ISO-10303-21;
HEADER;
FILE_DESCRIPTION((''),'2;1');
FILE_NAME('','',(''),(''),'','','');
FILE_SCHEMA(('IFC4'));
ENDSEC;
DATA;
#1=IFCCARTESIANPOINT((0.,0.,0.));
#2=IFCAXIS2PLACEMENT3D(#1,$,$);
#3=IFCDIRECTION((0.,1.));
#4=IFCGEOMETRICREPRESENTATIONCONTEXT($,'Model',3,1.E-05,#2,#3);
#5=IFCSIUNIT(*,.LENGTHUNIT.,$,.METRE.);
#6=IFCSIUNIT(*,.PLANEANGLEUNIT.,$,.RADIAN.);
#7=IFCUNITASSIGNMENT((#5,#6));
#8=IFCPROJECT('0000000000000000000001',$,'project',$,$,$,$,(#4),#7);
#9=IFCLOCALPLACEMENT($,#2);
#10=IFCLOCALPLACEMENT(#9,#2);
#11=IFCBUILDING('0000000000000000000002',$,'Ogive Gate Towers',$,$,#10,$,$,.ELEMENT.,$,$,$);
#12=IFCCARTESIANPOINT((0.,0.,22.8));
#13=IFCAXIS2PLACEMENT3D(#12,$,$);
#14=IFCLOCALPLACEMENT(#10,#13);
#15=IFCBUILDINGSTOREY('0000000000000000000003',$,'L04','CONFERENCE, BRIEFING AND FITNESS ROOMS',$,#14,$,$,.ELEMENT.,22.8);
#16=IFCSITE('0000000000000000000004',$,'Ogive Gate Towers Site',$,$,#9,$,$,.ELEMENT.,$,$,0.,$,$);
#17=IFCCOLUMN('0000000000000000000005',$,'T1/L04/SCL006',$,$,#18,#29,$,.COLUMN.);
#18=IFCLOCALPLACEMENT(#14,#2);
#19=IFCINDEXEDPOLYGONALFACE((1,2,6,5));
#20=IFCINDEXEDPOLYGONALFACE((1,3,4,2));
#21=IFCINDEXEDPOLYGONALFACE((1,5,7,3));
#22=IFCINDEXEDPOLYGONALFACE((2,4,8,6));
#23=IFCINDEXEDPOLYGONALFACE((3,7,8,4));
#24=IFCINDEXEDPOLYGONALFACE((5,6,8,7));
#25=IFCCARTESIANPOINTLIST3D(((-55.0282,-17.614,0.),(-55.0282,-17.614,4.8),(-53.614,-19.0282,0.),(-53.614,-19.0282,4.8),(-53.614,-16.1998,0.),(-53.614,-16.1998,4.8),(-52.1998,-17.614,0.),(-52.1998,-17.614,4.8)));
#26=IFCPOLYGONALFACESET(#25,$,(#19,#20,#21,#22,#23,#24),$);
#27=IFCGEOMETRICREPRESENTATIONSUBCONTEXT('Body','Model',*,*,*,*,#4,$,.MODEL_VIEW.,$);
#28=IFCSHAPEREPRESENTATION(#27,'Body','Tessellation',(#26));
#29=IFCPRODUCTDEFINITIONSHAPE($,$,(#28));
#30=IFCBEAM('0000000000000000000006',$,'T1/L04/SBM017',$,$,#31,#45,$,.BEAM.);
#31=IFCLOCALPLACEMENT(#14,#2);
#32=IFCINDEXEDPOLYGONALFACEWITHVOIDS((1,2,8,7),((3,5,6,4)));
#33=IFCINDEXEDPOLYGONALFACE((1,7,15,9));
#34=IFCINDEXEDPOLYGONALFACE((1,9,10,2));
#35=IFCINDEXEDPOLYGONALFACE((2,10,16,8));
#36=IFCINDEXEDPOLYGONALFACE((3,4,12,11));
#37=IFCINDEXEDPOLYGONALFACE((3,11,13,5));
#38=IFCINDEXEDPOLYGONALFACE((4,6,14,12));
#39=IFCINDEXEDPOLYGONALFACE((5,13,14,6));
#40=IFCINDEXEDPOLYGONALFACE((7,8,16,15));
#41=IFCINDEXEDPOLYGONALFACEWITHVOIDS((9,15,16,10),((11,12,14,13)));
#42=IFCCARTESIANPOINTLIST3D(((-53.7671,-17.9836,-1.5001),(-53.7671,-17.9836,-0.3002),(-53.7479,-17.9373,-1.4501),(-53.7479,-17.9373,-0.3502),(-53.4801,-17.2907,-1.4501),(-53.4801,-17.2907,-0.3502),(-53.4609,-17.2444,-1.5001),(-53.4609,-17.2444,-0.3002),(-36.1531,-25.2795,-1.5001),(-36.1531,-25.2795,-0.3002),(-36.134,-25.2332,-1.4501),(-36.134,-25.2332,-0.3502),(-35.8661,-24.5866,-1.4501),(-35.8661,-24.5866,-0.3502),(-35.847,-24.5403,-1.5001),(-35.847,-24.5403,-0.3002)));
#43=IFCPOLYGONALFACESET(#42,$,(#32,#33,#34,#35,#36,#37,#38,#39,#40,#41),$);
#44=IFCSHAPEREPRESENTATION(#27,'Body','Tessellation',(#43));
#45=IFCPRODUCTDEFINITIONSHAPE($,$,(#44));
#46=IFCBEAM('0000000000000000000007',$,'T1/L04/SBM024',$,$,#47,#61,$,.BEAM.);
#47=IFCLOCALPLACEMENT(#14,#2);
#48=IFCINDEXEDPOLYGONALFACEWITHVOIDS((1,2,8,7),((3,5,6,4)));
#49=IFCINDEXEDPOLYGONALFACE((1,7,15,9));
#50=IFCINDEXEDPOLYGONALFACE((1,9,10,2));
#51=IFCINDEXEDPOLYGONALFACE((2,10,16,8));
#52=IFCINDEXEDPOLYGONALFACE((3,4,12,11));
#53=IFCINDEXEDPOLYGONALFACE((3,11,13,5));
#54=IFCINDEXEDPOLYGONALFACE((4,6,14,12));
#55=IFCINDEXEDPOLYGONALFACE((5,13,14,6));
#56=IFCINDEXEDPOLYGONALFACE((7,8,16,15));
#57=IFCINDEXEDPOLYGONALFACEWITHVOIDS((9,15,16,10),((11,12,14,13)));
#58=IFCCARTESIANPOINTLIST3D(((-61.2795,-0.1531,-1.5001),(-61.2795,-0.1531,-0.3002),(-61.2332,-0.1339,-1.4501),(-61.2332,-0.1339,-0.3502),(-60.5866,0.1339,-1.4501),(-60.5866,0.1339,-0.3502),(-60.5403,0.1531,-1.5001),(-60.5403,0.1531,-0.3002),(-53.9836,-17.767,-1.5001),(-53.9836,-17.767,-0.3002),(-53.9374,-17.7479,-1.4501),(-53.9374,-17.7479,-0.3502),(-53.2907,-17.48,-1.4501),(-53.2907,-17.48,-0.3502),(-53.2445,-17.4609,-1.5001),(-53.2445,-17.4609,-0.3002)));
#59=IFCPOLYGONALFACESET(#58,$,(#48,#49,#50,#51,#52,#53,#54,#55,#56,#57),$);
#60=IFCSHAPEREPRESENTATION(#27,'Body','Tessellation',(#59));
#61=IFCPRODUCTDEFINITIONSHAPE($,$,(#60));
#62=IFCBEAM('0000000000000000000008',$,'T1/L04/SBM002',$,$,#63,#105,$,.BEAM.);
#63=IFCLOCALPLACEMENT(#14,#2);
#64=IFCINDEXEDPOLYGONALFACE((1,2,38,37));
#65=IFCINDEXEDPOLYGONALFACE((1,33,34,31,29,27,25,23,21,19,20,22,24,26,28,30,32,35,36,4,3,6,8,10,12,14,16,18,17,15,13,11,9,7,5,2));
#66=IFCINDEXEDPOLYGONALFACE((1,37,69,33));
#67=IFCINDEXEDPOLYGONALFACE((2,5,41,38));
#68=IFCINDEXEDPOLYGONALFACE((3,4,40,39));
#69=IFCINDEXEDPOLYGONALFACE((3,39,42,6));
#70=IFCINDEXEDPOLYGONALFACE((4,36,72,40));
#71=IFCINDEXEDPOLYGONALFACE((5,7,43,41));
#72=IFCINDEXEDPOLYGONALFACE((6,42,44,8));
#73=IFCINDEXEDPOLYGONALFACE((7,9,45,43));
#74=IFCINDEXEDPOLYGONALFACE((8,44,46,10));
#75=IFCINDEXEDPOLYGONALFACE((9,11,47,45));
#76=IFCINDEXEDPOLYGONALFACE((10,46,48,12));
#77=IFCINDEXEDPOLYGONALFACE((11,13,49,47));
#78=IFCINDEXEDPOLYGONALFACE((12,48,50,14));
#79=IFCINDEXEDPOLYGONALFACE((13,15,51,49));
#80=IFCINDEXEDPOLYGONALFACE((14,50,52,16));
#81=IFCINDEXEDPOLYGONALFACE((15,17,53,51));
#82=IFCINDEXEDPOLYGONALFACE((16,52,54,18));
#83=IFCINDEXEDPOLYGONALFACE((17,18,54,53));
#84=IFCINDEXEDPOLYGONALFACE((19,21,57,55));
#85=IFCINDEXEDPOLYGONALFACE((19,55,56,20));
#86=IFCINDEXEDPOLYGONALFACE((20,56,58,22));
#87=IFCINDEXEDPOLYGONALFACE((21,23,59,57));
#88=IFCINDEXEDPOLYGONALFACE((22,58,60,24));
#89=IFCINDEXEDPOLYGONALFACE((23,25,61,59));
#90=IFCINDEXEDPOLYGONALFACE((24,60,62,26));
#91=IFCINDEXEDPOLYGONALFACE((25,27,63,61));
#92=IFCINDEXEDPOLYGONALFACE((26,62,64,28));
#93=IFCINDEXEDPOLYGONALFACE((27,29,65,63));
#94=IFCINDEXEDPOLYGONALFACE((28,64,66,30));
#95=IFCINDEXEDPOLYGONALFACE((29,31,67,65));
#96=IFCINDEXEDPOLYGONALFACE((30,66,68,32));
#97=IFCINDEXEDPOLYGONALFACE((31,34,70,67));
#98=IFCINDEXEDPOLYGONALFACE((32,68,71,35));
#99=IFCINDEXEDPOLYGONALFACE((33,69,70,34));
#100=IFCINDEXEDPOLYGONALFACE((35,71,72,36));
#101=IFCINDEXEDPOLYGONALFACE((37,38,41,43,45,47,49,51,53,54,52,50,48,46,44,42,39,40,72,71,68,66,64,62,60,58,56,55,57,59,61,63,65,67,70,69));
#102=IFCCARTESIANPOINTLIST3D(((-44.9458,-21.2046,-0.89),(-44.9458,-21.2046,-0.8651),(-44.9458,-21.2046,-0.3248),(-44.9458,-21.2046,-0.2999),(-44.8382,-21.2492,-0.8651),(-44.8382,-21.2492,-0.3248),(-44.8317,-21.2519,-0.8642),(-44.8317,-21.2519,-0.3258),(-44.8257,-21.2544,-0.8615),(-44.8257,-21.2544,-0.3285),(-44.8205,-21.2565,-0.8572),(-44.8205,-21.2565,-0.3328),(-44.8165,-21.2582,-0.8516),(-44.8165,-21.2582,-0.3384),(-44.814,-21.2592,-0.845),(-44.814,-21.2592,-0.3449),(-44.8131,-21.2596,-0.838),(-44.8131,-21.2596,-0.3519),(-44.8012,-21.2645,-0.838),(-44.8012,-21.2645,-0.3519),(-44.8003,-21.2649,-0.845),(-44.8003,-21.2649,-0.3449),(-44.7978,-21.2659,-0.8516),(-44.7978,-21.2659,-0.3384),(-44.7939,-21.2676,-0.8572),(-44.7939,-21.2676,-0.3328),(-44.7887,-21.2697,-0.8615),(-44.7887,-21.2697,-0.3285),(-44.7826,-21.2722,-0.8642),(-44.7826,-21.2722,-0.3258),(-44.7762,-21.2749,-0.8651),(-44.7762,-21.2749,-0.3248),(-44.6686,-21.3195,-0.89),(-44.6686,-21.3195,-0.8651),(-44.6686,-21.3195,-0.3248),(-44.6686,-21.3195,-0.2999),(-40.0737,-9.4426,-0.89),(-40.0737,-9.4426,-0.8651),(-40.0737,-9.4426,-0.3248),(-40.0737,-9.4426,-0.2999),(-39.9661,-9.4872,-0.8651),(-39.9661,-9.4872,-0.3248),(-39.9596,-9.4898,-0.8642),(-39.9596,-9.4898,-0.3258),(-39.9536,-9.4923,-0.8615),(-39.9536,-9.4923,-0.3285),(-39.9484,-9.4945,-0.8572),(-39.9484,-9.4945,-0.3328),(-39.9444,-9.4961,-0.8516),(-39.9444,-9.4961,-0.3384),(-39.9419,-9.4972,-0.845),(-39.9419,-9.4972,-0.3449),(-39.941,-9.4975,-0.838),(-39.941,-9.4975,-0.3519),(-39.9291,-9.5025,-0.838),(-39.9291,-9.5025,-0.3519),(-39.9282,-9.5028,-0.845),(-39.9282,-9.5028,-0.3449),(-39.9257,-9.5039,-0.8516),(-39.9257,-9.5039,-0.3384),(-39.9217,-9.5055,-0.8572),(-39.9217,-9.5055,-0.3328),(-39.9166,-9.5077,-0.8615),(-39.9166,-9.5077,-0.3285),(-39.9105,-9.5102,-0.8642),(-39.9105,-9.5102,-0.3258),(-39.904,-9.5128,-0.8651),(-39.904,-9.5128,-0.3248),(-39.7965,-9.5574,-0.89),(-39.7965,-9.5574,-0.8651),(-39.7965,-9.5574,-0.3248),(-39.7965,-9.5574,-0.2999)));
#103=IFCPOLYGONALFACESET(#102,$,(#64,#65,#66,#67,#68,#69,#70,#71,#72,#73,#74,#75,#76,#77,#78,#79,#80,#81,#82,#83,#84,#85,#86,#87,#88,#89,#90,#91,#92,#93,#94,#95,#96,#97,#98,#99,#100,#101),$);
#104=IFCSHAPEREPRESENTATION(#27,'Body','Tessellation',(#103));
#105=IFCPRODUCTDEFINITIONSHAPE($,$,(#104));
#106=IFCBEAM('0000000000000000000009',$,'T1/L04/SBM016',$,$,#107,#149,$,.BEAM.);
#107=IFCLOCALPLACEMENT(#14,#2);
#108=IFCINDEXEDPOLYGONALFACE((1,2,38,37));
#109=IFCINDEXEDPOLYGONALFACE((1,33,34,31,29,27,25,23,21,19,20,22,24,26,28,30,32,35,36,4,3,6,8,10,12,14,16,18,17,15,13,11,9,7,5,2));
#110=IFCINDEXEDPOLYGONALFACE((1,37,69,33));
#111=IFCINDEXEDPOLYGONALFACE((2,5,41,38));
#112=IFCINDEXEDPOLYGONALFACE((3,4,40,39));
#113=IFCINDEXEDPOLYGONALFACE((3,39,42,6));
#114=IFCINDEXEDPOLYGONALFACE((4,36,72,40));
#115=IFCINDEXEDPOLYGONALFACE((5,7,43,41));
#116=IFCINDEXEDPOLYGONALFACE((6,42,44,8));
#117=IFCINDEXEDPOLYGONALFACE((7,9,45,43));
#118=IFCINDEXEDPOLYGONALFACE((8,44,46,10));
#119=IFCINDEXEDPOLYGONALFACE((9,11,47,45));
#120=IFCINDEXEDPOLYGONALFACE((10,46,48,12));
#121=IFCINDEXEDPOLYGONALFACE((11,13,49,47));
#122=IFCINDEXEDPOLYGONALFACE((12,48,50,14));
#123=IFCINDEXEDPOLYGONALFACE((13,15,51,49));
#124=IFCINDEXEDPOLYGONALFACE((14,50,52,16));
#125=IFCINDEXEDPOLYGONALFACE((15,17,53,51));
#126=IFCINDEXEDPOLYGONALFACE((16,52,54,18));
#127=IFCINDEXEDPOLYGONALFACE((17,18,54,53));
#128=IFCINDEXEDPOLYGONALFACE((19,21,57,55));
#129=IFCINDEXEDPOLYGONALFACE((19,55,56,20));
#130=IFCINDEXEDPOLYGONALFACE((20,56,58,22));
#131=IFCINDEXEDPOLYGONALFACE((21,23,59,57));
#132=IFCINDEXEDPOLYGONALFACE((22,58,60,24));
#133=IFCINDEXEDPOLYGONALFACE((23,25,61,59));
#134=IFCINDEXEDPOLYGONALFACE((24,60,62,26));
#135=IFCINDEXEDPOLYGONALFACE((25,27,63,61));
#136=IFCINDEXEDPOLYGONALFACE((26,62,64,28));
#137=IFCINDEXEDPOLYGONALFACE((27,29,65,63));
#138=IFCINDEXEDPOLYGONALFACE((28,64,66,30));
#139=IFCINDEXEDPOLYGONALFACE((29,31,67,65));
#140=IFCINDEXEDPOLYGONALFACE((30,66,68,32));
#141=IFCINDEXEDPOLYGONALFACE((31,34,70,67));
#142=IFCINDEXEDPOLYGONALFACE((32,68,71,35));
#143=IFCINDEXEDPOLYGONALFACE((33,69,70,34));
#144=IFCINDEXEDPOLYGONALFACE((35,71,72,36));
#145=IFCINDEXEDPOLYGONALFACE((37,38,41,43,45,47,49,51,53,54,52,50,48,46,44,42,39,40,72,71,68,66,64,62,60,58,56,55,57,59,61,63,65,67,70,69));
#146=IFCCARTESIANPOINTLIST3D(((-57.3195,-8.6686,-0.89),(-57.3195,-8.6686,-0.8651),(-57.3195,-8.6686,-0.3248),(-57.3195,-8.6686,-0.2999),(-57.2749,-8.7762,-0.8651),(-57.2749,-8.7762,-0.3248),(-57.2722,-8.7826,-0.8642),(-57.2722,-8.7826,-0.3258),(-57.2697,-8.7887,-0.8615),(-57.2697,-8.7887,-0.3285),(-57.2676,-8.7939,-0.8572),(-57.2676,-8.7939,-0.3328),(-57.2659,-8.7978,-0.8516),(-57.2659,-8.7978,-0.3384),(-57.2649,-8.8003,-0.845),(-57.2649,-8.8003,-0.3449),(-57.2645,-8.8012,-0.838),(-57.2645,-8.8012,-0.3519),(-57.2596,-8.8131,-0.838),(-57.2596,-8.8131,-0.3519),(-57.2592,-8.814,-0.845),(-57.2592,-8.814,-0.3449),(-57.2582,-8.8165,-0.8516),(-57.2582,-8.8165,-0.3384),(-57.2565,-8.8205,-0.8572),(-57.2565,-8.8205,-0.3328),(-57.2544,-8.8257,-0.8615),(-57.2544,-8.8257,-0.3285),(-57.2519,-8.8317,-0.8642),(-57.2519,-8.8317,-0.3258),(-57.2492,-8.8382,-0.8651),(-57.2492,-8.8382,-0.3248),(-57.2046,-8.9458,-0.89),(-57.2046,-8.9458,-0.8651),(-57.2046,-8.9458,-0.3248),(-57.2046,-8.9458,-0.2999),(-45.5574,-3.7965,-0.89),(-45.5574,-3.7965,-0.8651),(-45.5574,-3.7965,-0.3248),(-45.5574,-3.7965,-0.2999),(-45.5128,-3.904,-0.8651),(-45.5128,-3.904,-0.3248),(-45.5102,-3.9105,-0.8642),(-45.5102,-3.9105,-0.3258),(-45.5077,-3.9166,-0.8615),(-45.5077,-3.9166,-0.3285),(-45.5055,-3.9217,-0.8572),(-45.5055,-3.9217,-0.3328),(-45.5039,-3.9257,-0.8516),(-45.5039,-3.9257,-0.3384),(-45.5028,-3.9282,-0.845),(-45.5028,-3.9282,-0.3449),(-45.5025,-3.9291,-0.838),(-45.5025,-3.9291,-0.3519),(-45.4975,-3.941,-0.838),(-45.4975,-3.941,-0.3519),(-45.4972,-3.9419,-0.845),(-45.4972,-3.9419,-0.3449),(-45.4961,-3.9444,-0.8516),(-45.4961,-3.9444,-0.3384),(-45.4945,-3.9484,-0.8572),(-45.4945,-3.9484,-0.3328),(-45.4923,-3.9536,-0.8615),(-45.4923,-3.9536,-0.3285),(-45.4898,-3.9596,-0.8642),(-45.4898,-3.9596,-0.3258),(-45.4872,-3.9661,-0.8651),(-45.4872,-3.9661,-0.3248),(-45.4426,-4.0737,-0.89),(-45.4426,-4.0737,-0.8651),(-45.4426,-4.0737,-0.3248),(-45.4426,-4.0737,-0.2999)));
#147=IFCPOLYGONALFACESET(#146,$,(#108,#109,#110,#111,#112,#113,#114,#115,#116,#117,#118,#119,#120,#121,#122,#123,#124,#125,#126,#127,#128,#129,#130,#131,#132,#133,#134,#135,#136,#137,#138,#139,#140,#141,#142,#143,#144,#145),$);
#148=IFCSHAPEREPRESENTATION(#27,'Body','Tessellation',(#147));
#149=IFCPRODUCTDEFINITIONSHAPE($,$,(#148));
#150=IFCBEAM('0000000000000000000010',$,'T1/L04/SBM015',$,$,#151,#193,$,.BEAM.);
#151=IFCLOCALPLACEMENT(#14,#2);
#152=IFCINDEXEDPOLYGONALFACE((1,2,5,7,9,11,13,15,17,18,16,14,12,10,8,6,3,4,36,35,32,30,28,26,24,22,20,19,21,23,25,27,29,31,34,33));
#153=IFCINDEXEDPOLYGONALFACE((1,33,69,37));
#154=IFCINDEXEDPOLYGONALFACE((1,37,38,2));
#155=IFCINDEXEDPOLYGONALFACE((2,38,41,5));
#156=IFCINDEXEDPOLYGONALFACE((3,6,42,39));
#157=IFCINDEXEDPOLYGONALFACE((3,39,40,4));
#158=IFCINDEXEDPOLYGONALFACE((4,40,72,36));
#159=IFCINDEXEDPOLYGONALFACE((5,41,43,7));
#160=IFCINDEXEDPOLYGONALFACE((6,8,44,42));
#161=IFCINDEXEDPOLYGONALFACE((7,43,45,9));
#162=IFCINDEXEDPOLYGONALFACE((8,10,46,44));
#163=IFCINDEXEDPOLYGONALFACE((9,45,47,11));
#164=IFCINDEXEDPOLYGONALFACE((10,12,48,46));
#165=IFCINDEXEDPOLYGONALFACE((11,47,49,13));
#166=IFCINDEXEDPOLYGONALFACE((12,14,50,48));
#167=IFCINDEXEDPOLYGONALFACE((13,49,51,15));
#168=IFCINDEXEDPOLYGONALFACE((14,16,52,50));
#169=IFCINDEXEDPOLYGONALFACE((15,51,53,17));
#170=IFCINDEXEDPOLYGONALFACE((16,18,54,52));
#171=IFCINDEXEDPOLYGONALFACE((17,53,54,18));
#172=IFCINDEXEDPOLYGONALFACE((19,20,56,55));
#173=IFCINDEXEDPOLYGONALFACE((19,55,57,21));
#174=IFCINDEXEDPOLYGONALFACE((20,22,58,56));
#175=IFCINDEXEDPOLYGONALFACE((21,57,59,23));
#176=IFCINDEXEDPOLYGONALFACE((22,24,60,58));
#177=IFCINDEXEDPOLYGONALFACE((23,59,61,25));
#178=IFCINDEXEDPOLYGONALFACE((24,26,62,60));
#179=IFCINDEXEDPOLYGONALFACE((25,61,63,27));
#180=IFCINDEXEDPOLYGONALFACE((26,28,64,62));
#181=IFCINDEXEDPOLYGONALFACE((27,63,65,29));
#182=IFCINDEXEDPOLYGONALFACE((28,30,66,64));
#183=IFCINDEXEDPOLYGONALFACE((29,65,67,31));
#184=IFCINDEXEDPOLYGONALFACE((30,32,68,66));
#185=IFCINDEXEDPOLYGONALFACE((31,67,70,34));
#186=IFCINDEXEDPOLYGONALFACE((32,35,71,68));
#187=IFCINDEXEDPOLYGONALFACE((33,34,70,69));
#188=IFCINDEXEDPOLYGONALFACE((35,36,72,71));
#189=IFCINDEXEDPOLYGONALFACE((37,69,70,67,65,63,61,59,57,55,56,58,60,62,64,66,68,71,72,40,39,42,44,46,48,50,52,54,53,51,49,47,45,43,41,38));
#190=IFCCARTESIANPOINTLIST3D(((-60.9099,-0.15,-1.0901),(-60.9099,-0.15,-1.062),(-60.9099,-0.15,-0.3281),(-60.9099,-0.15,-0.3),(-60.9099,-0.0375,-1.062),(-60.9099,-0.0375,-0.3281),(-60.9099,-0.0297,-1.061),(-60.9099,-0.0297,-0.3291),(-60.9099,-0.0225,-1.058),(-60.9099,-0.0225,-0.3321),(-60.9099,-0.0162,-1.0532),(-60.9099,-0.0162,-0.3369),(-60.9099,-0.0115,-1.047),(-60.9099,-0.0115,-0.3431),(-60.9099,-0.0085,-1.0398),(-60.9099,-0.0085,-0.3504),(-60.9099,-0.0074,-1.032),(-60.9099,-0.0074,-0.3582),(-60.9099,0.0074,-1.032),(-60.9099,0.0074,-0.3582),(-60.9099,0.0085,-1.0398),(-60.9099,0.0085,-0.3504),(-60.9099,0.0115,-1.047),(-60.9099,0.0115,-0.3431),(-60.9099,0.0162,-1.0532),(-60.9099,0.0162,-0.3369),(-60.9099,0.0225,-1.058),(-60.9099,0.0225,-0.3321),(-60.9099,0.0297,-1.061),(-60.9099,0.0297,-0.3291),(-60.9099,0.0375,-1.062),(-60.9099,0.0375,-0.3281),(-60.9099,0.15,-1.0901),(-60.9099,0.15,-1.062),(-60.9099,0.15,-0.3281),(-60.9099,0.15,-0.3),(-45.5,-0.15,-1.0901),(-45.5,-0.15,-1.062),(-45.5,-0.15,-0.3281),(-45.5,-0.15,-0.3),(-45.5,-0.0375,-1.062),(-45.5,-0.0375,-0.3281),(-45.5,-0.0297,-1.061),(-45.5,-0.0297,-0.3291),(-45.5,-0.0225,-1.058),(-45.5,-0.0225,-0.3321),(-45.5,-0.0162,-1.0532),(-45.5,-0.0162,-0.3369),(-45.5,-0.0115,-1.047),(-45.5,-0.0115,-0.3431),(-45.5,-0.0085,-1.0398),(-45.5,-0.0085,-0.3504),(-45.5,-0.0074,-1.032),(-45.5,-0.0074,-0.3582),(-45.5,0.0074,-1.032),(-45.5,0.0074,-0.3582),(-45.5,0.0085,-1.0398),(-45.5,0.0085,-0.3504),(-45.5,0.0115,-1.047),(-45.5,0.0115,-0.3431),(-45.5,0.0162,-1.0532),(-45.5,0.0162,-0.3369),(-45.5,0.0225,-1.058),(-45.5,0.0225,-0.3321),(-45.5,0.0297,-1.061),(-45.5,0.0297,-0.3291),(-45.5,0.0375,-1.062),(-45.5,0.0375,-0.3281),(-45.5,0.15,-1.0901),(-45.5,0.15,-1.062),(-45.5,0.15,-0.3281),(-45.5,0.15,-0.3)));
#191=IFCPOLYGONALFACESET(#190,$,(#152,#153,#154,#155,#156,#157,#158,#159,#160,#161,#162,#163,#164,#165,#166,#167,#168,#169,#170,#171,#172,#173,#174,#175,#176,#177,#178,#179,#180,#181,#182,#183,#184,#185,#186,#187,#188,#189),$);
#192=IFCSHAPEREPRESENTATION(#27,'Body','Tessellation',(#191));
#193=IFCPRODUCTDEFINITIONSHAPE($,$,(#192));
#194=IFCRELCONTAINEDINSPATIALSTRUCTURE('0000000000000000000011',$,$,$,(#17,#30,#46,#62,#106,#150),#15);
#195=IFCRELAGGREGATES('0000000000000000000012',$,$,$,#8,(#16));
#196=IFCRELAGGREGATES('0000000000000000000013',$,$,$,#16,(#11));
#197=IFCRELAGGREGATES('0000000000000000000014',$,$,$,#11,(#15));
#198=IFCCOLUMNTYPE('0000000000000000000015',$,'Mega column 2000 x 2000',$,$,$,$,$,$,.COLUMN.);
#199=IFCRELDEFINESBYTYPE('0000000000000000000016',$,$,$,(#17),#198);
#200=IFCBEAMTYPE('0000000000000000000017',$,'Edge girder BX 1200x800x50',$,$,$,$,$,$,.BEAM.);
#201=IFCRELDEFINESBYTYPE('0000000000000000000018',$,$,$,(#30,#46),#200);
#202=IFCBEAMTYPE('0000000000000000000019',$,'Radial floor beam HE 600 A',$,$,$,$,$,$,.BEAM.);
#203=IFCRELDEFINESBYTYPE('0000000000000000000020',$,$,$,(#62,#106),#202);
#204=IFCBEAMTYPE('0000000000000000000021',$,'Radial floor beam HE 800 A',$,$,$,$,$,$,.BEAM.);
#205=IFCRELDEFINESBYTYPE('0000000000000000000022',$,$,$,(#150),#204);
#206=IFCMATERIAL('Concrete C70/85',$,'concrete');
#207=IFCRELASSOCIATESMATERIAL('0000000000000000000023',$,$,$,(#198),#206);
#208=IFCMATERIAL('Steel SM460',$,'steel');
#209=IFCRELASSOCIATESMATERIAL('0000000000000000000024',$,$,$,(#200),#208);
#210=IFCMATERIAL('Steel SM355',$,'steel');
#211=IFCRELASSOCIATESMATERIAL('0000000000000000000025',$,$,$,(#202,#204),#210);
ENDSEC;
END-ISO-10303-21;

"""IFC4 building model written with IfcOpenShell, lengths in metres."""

from ifc_helpers import new_model, si_unit, direction, frame, origin, origin_2d, place, context, subcontext, project, spatial, rectangle, hollow_rectangle, i_section, extrude, material, material_profile, profile_set, type_object, element, save


model = new_model("IFC4")

# Units and contexts
model_context = context("Model", 3, precision=1e-05, world=origin(), true_north=direction((0.0, 1.0)))
body_context = subcontext(model_context, "Body", "Model", "MODEL_VIEW")
ifc_project = project(units=[si_unit("LENGTHUNIT", "METRE"), si_unit("PLANEANGLEUNIT", "RADIAN")], contexts=[model_context])

# Site, building, storey
site_placement = place(None, origin())
site = spatial("IfcSite", under=ifc_project, at=site_placement, Name="Ogive Gate Towers Site", CompositionType="ELEMENT", RefElevation=0.0)
building_placement = place(site_placement, origin())
building = spatial("IfcBuilding", under=site, at=building_placement, Name="Ogive Gate Towers", CompositionType="ELEMENT")
storey_placement = place(building_placement, frame((0.0, 0.0, 22.8)))
storey = spatial("IfcBuildingStorey", under=building, at=storey_placement, Name="L04", Description="CONFERENCE, BRIEFING AND FITNESS ROOMS", CompositionType="ELEMENT", Elevation=22.8)

# Column
ifc_material_1 = material(Name="Concrete C70/85", Category="concrete")
ifc_material_profile_1 = material_profile(ifc_material_1, rectangle(XDim=2.0, YDim=2.0, at=origin_2d()), Name="RC 2000x2000")
ifc_profile_set_1 = profile_set([ifc_material_profile_1], Name="Concrete C70/85")
column_type = type_object("IfcColumnType", Name="Mega column 2000 x 2000", PredefinedType="COLUMN", material=ifc_profile_set_1)
column_placement = place(storey_placement, frame((-53.614, -17.614, 0.0), z_axis=(0.0, 0.0, 1.0), x_axis=(-0.707107, -0.707107, 0.0)))
element("IfcColumn", 1, at=column_placement, inside=storey, type_object=column_type, Name="T1/L04/SCL006", PredefinedType="COLUMN", context=body_context, shape_type="SweptSolid", body=[
    extrude(rectangle(XDim=2.0, YDim=2.0, at=origin_2d()), origin(), (0.0, 0.0, 1.0), 4.8),
])

# Beams
ifc_material_2 = material(Name="Steel SM460", Category="steel")
ifc_material_profile_2 = material_profile(ifc_material_2, hollow_rectangle(XDim=0.8, YDim=1.2, WallThickness=0.05, at=origin_2d()), Name="BX 1200x800x50")
ifc_profile_set_2 = profile_set([ifc_material_profile_2], Name="Steel SM460")
beam_type_1 = type_object("IfcBeamType", Name="Edge girder BX 1200x800x50", PredefinedType="BEAM", material=ifc_profile_set_2)
for number, where, z_axis, x_axis, name in (
    (2, (-53.614, -17.614, -0.9001), (0.923881, -0.382681, 0.0), (0.382681, 0.923881, 0.0), "T1/L04/SBM017"),
    (3, (-60.9099, 0.0, -0.9001), (0.382681, -0.923881, 0.0), (0.923881, 0.382681, 0.0), "T1/L04/SBM024"),
):
    element("IfcBeam", number, at=place(storey_placement, frame(where, z_axis=z_axis, x_axis=x_axis)), inside=storey, type_object=beam_type_1, Name=name, PredefinedType="BEAM", context=body_context, shape_type="SweptSolid", body=[
        extrude(hollow_rectangle(XDim=0.8, YDim=1.2, WallThickness=0.05, at=origin_2d()), origin(), (0.0, 0.0, 1.0), 19.0652),
    ])
ifc_material_3 = material(Name="Steel SM355", Category="steel")
ifc_material_profile_3 = material_profile(ifc_material_3, i_section(OverallWidth=0.3, OverallDepth=0.5901, WebThickness=0.0129, FlangeThickness=0.0249, FilletRadius=0.0271, at=origin_2d()), Name="HE 600 A")
ifc_profile_set_3 = profile_set([ifc_material_profile_3], Name="Steel SM355")
beam_type_2 = type_object("IfcBeamType", Name="Radial floor beam HE 600 A", PredefinedType="BEAM", material=ifc_profile_set_3)
for number, where, z_axis, x_axis, name in (
    (4, (-39.9351, -9.5, -0.595), (-0.382691, -0.923877, 0.0), (0.923877, -0.382691, 0.0), "T1/L04/SBM002"),
    (5, (-45.5, -3.9351, -0.595), (-0.923877, -0.382691, 0.0), (0.382691, -0.923877, 0.0), "T1/L04/SBM016"),
):
    element("IfcBeam", number, at=place(storey_placement, frame(where, z_axis=z_axis, x_axis=x_axis)), inside=storey, type_object=beam_type_2, Name=name, PredefinedType="BEAM", context=body_context, shape_type="SweptSolid", body=[
        extrude(i_section(OverallWidth=0.3, OverallDepth=0.5901, WebThickness=0.0129, FlangeThickness=0.0249, FilletRadius=0.0271, at=origin_2d()), origin(), (0.0, 0.0, 1.0), 12.7312),
    ])
ifc_material_profile_4 = material_profile(ifc_material_3, i_section(OverallWidth=0.3, OverallDepth=0.79, WebThickness=0.0149, FlangeThickness=0.0281, FilletRadius=0.03, at=origin_2d()), Name="HE 800 A")
ifc_profile_set_4 = profile_set([ifc_material_profile_4], Name="Steel SM355")
beam_type_3 = type_object("IfcBeamType", Name="Radial floor beam HE 800 A", PredefinedType="BEAM", material=ifc_profile_set_4)
beam_1_placement = place(storey_placement, frame((-45.5, 0.0, -0.6951), z_axis=(-1.0, 0.0, 0.0), x_axis=(0.0, -1.0, 0.0)))
element("IfcBeam", 6, at=beam_1_placement, inside=storey, type_object=beam_type_3, Name="T1/L04/SBM015", PredefinedType="BEAM", context=body_context, shape_type="SweptSolid", body=[
    extrude(i_section(OverallWidth=0.3, OverallDepth=0.79, WebThickness=0.0149, FlangeThickness=0.0281, FilletRadius=0.03, at=origin_2d()), origin(), (0.0, 0.0, 1.0), 15.4099),
])

save(model, "model.ifc")
